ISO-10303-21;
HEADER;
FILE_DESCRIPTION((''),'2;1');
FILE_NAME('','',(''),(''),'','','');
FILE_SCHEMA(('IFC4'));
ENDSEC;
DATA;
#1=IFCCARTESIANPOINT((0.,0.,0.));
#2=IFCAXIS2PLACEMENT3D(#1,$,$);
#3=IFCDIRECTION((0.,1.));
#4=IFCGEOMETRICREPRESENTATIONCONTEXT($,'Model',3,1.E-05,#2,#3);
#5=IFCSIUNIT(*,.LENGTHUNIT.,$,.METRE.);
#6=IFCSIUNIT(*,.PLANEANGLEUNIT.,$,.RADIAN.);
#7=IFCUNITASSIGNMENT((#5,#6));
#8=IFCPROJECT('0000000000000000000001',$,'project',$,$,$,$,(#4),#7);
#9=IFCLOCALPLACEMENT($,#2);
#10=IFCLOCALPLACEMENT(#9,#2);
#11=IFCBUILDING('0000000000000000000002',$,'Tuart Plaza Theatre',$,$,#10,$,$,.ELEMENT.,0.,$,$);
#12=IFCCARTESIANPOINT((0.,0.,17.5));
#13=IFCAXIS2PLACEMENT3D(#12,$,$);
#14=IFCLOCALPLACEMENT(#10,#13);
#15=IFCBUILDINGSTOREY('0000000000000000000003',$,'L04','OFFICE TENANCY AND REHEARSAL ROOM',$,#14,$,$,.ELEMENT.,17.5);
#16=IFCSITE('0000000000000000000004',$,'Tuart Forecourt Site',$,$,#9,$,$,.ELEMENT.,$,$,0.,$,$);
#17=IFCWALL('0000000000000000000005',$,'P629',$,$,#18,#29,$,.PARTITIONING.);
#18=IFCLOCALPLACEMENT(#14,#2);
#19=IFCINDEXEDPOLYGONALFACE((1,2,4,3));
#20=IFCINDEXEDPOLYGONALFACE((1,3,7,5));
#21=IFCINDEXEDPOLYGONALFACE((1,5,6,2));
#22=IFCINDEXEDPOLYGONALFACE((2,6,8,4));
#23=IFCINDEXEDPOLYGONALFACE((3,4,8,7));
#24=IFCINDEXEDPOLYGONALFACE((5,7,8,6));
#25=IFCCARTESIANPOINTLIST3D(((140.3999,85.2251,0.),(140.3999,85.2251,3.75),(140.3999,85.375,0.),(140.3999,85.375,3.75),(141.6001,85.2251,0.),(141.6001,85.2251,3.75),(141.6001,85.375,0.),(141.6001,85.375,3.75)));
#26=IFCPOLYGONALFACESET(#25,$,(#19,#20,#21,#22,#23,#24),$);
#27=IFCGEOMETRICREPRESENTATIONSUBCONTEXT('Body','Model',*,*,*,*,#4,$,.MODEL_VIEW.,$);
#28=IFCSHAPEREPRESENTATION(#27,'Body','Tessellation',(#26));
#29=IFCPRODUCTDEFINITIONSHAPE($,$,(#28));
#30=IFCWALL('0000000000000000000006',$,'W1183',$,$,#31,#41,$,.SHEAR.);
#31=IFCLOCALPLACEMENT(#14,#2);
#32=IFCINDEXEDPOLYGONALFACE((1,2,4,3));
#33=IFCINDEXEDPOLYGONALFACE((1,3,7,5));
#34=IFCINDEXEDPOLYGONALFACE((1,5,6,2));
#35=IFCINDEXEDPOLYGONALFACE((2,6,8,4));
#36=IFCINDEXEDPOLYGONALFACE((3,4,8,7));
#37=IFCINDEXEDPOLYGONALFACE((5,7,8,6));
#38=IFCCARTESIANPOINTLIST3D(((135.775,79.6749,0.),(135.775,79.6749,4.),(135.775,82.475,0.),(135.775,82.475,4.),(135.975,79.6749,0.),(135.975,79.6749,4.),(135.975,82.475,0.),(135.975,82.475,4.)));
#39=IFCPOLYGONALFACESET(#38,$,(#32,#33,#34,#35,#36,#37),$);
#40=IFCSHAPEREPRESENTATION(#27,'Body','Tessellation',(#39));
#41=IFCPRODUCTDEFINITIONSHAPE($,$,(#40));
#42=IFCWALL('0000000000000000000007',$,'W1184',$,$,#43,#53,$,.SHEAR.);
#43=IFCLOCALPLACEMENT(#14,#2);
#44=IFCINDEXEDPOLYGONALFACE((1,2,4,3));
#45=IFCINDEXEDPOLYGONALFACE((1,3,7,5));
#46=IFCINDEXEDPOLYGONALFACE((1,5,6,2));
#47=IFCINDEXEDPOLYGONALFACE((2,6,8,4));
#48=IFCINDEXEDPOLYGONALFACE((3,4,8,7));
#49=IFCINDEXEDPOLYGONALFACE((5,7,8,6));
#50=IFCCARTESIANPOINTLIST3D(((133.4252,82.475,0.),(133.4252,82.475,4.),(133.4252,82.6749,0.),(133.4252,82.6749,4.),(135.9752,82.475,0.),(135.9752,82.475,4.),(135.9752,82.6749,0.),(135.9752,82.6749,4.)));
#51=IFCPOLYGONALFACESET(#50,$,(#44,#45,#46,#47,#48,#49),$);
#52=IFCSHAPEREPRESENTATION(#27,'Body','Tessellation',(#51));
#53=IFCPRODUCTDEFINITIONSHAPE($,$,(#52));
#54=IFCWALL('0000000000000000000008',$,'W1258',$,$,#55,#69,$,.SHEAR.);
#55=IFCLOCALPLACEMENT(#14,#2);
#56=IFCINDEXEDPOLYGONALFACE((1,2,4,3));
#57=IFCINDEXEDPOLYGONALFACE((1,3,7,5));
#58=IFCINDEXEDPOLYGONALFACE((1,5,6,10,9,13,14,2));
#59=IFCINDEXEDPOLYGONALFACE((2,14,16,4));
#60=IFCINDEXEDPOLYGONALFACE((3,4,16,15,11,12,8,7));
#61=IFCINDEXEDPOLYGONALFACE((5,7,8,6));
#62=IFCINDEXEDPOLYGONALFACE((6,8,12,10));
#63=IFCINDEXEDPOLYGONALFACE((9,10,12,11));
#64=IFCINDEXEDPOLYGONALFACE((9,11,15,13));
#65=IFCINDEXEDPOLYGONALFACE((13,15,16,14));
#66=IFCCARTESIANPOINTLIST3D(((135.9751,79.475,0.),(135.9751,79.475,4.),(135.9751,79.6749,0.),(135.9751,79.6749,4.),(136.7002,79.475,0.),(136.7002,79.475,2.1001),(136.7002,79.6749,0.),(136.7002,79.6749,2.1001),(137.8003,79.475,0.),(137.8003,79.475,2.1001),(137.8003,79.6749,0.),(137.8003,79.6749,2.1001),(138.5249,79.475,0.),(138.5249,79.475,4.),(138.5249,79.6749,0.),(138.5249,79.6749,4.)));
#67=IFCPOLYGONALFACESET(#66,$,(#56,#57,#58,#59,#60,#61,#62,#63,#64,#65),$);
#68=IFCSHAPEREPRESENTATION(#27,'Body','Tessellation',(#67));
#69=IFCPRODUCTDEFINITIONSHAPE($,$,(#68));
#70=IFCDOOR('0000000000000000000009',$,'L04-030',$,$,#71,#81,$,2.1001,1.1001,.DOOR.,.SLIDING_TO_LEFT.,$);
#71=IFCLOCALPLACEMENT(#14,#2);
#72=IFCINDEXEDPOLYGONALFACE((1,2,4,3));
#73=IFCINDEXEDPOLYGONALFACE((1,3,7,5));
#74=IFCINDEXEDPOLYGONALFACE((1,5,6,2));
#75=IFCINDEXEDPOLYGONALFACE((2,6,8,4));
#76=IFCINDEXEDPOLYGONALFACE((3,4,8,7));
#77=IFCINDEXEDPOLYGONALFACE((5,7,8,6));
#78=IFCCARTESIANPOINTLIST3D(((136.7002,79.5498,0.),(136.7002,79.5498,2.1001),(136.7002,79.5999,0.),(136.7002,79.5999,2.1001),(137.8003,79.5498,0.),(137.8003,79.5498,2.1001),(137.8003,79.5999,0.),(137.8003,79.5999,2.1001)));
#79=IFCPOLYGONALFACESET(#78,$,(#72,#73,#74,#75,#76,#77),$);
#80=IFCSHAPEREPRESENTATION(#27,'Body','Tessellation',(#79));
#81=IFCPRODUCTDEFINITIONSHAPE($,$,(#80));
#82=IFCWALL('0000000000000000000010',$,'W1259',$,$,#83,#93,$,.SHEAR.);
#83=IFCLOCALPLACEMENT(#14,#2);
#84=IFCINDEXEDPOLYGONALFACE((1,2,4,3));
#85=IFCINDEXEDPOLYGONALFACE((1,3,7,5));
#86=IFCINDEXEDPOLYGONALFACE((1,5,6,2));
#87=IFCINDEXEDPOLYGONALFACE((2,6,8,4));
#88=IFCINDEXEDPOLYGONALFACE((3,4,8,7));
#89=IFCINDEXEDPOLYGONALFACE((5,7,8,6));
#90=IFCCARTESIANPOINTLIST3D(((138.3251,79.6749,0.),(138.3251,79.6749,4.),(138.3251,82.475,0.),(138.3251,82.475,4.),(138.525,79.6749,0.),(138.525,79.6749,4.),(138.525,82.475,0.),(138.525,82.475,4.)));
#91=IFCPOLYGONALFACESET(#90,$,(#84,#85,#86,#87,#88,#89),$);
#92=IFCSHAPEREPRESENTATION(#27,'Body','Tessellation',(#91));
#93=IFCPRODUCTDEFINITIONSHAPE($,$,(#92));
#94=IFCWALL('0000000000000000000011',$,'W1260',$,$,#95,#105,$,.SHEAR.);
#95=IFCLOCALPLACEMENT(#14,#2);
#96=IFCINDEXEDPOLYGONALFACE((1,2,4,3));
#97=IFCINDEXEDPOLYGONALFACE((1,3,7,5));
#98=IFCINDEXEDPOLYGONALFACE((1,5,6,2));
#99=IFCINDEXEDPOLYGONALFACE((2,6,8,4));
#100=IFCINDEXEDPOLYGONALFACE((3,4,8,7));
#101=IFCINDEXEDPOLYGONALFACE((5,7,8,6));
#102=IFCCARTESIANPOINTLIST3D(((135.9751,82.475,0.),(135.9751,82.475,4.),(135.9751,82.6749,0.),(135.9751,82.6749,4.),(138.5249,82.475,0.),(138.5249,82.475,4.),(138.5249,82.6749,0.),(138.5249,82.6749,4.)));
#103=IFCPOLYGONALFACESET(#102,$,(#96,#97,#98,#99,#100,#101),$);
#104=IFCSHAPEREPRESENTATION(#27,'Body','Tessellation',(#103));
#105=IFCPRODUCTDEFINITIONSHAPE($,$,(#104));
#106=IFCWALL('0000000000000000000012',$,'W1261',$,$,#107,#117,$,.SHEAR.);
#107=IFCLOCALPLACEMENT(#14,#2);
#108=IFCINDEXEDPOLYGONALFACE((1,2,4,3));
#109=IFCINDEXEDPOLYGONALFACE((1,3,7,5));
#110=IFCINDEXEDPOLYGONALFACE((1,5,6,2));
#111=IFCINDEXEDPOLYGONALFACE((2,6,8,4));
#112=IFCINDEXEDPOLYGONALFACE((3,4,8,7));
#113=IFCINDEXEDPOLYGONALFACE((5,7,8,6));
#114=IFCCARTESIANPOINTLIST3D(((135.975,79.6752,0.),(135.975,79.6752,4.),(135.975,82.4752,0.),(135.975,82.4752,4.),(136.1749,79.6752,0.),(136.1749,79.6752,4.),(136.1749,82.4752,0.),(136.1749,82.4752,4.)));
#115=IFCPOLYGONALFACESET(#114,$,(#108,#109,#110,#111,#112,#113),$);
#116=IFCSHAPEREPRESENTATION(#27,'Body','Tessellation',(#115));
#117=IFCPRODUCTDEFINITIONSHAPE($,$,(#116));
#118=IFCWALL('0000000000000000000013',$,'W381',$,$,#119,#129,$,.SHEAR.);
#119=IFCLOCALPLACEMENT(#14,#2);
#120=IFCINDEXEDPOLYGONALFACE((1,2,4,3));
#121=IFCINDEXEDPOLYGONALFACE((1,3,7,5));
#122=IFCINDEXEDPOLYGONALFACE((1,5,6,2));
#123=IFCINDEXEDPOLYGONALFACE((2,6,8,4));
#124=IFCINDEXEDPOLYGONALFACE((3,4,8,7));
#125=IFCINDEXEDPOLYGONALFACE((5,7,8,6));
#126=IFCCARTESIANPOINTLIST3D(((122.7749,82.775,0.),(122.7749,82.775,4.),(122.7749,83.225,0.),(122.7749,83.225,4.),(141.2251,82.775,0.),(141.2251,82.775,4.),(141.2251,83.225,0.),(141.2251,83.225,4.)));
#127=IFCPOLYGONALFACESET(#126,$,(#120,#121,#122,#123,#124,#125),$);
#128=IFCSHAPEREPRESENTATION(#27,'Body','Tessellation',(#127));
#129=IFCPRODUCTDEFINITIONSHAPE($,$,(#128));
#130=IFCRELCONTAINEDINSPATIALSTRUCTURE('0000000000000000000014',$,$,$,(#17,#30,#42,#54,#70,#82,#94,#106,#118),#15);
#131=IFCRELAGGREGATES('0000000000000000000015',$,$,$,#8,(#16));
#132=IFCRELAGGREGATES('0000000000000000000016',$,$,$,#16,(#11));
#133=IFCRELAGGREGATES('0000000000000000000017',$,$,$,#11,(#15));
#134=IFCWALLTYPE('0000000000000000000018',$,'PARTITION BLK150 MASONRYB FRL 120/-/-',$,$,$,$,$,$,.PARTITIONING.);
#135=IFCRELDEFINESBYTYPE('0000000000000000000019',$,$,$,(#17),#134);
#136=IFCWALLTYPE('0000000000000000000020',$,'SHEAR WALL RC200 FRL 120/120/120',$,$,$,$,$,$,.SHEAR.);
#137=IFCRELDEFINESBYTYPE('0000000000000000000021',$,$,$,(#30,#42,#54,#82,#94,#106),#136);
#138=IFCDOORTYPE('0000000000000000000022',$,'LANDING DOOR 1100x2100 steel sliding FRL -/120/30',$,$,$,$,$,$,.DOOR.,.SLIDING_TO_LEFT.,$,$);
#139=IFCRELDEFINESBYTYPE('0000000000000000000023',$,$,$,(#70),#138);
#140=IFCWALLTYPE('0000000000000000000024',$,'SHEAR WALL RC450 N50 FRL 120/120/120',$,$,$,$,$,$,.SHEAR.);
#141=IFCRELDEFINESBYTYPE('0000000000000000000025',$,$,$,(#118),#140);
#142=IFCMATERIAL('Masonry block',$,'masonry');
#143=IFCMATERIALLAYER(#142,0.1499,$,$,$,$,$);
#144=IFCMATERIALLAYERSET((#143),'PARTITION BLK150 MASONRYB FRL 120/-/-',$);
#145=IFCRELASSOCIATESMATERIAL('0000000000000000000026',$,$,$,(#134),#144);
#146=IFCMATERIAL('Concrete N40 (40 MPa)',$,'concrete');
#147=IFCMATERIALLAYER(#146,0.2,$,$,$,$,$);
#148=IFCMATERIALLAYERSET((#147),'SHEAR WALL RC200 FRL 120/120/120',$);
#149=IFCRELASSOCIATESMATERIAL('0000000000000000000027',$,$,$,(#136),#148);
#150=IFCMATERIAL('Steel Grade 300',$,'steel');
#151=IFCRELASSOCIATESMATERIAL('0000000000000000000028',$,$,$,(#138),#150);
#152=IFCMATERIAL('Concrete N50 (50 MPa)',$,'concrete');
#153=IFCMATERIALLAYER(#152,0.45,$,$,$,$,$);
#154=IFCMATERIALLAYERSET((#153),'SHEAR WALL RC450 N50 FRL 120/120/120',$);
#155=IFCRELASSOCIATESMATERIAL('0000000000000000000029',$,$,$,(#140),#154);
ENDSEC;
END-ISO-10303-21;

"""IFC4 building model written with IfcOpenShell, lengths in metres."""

from ifc_helpers import new_model, si_unit, direction, frame, frame_2d, origin, place, context, subcontext, project, spatial, rectangle, extrude, material, layer, layer_set, type_object, element, fill, save


model = new_model("IFC4")

# Units and contexts
model_context = context("Model", 3, precision=1e-05, world=origin(), true_north=direction((0.0, 1.0)))
body_context = subcontext(model_context, "Body", "Model", "MODEL_VIEW")
ifc_project = project(units=[si_unit("LENGTHUNIT", "METRE"), si_unit("PLANEANGLEUNIT", "RADIAN")], contexts=[model_context])

# Site, building, storey
site_placement = place(None, origin())
site = spatial("IfcSite", under=ifc_project, at=site_placement, Name="Tuart Forecourt Site", CompositionType="ELEMENT", RefElevation=0.0)
building_placement = place(site_placement, origin())
building = spatial("IfcBuilding", under=site, at=building_placement, Name="Tuart Plaza Theatre", CompositionType="ELEMENT", ElevationOfRefHeight=0.0)
storey_placement = place(building_placement, frame((0.0, 0.0, 17.5)))
storey = spatial("IfcBuildingStorey", under=building, at=storey_placement, Name="L04", Description="OFFICE TENANCY AND REHEARSAL ROOM", CompositionType="ELEMENT", Elevation=17.5)

# Walls
ifc_material_1 = material(Name="Masonry block", Category="masonry")
ifc_layer_1 = layer(ifc_material_1, 0.1499)
ifc_layer_set_1 = layer_set([ifc_layer_1], Name="PARTITION BLK150 MASONRYB FRL 120/-/-")
wall_type_1 = type_object("IfcWallType", Name="PARTITION BLK150 MASONRYB FRL 120/-/-", PredefinedType="PARTITIONING", material=ifc_layer_set_1)
wall_1_placement = place(storey_placement, frame((140.3999, 85.3, 0.0), z_axis=(0.0, 0.0, 1.0), x_axis=(1.0, 0.0, 0.0)))
element("IfcWall", 1, at=wall_1_placement, inside=storey, type_object=wall_type_1, Name="P629", PredefinedType="PARTITIONING", context=body_context, shape_type="SweptSolid", body=[
    extrude(rectangle(XDim=1.2002, YDim=0.1499, at=frame_2d((0.6001, 0.0))), origin(), (0.0, 0.0, 1.0), 3.75),
])
ifc_material_2 = material(Name="Concrete N40 (40 MPa)", Category="concrete")
ifc_layer_2 = layer(ifc_material_2, 0.2)
ifc_layer_set_2 = layer_set([ifc_layer_2], Name="SHEAR WALL RC200 FRL 120/120/120")
wall_type_2 = type_object("IfcWallType", Name="SHEAR WALL RC200 FRL 120/120/120", PredefinedType="SHEAR", material=ifc_layer_set_2)
wall_2_placement = place(storey_placement, frame((135.875, 79.675, 0.0), z_axis=(0.0, 0.0, 1.0), x_axis=(0.0, 1.0, 0.0)))
element("IfcWall", 2, at=wall_2_placement, inside=storey, type_object=wall_type_2, Name="W1183", PredefinedType="SHEAR", context=body_context, shape_type="SweptSolid", body=[
    extrude(rectangle(XDim=2.8, YDim=0.2, at=frame_2d((1.3999, 0.0))), origin(), (0.0, 0.0, 1.0), 4.0),
])
wall_3_placement = place(storey_placement, frame((135.9751, 82.575, 0.0), z_axis=(0.0, 0.0, 1.0), x_axis=(-1.0, 0.0, 0.0)))
element("IfcWall", 3, at=wall_3_placement, inside=storey, type_object=wall_type_2, Name="W1184", PredefinedType="SHEAR", context=body_context, shape_type="SweptSolid", body=[
    extrude(rectangle(XDim=2.55, YDim=0.2, at=frame_2d((1.2749, 0.0))), origin(), (0.0, 0.0, 1.0), 4.0),
])

# Wall, opening, door
wall_4_placement = place(storey_placement, frame((135.9751, 79.575, 0.0), z_axis=(0.0, 0.0, 1.0), x_axis=(1.0, 0.0, 0.0)))
wall_4 = element("IfcWall", 4, at=wall_4_placement, inside=storey, type_object=wall_type_2, Name="W1258", PredefinedType="SHEAR", context=body_context, shape_type="SweptSolid", body=[
    extrude(rectangle(XDim=2.5498, YDim=0.2, at=frame_2d((1.2749, 0.0))), origin(), (0.0, 0.0, 1.0), 4.0),
])
opening_1_placement = place(wall_4_placement, frame((0.7251, 0.0, 0.0)))
opening_1 = element("IfcOpeningElement", 5, at=opening_1_placement, cuts=wall_4, PredefinedType="OPENING", context=body_context, shape_type="SweptSolid", body=[
    extrude(rectangle(XDim=1.1001, YDim=2.1001, at=frame_2d((0.55, 1.05))), frame((0.0, 0.1099, 0.0), z_axis=(0.0, -1.0, 0.0), x_axis=(1.0, 0.0, 0.0)), (0.0, 0.0, 1.0), 0.22),
])
ifc_material_3 = material(Name="Steel Grade 300", Category="steel")
door_type_1 = type_object("IfcDoorType", Name="LANDING DOOR 1100x2100 steel sliding FRL -/120/30", OperationType="SLIDING_TO_LEFT", PredefinedType="DOOR", material=ifc_material_3)
door_1_placement = place(opening_1_placement, origin())
door_1 = element("IfcDoor", 6, at=door_1_placement, inside=storey, type_object=door_type_1, Name="L04-030", OperationType="SLIDING_TO_LEFT", OverallHeight=2.1001, OverallWidth=1.1001, PredefinedType="DOOR", context=body_context, shape_type="SweptSolid", body=[
    extrude(rectangle(XDim=1.1001, YDim=2.1001, at=frame_2d((0.55, 1.05))), frame((0.0, 0.0249, 0.0), z_axis=(0.0, -1.0, 0.0), x_axis=(1.0, 0.0, 0.0)), (0.0, 0.0, 1.0), 0.05),
])
fill(opening_1, door_1)

# Walls
wall_5_placement = place(storey_placement, frame((138.425, 79.675, 0.0), z_axis=(0.0, 0.0, 1.0), x_axis=(0.0, 1.0, 0.0)))
element("IfcWall", 7, at=wall_5_placement, inside=storey, type_object=wall_type_2, Name="W1259", PredefinedType="SHEAR", context=body_context, shape_type="SweptSolid", body=[
    extrude(rectangle(XDim=2.8, YDim=0.2, at=frame_2d((1.3999, 0.0))), origin(), (0.0, 0.0, 1.0), 4.0),
])
wall_6_placement = place(storey_placement, frame((138.5249, 82.575, 0.0), z_axis=(0.0, 0.0, 1.0), x_axis=(-1.0, 0.0, 0.0)))
element("IfcWall", 8, at=wall_6_placement, inside=storey, type_object=wall_type_2, Name="W1260", PredefinedType="SHEAR", context=body_context, shape_type="SweptSolid", body=[
    extrude(rectangle(XDim=2.5498, YDim=0.2, at=frame_2d((1.2749, 0.0))), origin(), (0.0, 0.0, 1.0), 4.0),
])
wall_7_placement = place(storey_placement, frame((136.075, 82.4751, 0.0), z_axis=(0.0, 0.0, 1.0), x_axis=(0.0, -1.0, 0.0)))
element("IfcWall", 9, at=wall_7_placement, inside=storey, type_object=wall_type_2, Name="W1261", PredefinedType="SHEAR", context=body_context, shape_type="SweptSolid", body=[
    extrude(rectangle(XDim=2.8, YDim=0.2, at=frame_2d((1.3999, 0.0))), origin(), (0.0, 0.0, 1.0), 4.0),
])
ifc_material_4 = material(Name="Concrete N50 (50 MPa)", Category="concrete")
ifc_layer_3 = layer(ifc_material_4, 0.45)
ifc_layer_set_3 = layer_set([ifc_layer_3], Name="SHEAR WALL RC450 N50 FRL 120/120/120")
wall_type_3 = type_object("IfcWallType", Name="SHEAR WALL RC450 N50 FRL 120/120/120", PredefinedType="SHEAR", material=ifc_layer_set_3)
wall_8_placement = place(storey_placement, frame((141.2251, 83.0, 0.0), z_axis=(0.0, 0.0, 1.0), x_axis=(-1.0, 0.0, 0.0)))
element("IfcWall", 10, at=wall_8_placement, inside=storey, type_object=wall_type_3, Name="W381", PredefinedType="SHEAR", context=body_context, shape_type="SweptSolid", body=[
    extrude(rectangle(XDim=18.4502, YDim=0.45, at=frame_2d((9.2251, 0.0))), origin(), (0.0, 0.0, 1.0), 4.0),
])

save(model, "model.ifc")
